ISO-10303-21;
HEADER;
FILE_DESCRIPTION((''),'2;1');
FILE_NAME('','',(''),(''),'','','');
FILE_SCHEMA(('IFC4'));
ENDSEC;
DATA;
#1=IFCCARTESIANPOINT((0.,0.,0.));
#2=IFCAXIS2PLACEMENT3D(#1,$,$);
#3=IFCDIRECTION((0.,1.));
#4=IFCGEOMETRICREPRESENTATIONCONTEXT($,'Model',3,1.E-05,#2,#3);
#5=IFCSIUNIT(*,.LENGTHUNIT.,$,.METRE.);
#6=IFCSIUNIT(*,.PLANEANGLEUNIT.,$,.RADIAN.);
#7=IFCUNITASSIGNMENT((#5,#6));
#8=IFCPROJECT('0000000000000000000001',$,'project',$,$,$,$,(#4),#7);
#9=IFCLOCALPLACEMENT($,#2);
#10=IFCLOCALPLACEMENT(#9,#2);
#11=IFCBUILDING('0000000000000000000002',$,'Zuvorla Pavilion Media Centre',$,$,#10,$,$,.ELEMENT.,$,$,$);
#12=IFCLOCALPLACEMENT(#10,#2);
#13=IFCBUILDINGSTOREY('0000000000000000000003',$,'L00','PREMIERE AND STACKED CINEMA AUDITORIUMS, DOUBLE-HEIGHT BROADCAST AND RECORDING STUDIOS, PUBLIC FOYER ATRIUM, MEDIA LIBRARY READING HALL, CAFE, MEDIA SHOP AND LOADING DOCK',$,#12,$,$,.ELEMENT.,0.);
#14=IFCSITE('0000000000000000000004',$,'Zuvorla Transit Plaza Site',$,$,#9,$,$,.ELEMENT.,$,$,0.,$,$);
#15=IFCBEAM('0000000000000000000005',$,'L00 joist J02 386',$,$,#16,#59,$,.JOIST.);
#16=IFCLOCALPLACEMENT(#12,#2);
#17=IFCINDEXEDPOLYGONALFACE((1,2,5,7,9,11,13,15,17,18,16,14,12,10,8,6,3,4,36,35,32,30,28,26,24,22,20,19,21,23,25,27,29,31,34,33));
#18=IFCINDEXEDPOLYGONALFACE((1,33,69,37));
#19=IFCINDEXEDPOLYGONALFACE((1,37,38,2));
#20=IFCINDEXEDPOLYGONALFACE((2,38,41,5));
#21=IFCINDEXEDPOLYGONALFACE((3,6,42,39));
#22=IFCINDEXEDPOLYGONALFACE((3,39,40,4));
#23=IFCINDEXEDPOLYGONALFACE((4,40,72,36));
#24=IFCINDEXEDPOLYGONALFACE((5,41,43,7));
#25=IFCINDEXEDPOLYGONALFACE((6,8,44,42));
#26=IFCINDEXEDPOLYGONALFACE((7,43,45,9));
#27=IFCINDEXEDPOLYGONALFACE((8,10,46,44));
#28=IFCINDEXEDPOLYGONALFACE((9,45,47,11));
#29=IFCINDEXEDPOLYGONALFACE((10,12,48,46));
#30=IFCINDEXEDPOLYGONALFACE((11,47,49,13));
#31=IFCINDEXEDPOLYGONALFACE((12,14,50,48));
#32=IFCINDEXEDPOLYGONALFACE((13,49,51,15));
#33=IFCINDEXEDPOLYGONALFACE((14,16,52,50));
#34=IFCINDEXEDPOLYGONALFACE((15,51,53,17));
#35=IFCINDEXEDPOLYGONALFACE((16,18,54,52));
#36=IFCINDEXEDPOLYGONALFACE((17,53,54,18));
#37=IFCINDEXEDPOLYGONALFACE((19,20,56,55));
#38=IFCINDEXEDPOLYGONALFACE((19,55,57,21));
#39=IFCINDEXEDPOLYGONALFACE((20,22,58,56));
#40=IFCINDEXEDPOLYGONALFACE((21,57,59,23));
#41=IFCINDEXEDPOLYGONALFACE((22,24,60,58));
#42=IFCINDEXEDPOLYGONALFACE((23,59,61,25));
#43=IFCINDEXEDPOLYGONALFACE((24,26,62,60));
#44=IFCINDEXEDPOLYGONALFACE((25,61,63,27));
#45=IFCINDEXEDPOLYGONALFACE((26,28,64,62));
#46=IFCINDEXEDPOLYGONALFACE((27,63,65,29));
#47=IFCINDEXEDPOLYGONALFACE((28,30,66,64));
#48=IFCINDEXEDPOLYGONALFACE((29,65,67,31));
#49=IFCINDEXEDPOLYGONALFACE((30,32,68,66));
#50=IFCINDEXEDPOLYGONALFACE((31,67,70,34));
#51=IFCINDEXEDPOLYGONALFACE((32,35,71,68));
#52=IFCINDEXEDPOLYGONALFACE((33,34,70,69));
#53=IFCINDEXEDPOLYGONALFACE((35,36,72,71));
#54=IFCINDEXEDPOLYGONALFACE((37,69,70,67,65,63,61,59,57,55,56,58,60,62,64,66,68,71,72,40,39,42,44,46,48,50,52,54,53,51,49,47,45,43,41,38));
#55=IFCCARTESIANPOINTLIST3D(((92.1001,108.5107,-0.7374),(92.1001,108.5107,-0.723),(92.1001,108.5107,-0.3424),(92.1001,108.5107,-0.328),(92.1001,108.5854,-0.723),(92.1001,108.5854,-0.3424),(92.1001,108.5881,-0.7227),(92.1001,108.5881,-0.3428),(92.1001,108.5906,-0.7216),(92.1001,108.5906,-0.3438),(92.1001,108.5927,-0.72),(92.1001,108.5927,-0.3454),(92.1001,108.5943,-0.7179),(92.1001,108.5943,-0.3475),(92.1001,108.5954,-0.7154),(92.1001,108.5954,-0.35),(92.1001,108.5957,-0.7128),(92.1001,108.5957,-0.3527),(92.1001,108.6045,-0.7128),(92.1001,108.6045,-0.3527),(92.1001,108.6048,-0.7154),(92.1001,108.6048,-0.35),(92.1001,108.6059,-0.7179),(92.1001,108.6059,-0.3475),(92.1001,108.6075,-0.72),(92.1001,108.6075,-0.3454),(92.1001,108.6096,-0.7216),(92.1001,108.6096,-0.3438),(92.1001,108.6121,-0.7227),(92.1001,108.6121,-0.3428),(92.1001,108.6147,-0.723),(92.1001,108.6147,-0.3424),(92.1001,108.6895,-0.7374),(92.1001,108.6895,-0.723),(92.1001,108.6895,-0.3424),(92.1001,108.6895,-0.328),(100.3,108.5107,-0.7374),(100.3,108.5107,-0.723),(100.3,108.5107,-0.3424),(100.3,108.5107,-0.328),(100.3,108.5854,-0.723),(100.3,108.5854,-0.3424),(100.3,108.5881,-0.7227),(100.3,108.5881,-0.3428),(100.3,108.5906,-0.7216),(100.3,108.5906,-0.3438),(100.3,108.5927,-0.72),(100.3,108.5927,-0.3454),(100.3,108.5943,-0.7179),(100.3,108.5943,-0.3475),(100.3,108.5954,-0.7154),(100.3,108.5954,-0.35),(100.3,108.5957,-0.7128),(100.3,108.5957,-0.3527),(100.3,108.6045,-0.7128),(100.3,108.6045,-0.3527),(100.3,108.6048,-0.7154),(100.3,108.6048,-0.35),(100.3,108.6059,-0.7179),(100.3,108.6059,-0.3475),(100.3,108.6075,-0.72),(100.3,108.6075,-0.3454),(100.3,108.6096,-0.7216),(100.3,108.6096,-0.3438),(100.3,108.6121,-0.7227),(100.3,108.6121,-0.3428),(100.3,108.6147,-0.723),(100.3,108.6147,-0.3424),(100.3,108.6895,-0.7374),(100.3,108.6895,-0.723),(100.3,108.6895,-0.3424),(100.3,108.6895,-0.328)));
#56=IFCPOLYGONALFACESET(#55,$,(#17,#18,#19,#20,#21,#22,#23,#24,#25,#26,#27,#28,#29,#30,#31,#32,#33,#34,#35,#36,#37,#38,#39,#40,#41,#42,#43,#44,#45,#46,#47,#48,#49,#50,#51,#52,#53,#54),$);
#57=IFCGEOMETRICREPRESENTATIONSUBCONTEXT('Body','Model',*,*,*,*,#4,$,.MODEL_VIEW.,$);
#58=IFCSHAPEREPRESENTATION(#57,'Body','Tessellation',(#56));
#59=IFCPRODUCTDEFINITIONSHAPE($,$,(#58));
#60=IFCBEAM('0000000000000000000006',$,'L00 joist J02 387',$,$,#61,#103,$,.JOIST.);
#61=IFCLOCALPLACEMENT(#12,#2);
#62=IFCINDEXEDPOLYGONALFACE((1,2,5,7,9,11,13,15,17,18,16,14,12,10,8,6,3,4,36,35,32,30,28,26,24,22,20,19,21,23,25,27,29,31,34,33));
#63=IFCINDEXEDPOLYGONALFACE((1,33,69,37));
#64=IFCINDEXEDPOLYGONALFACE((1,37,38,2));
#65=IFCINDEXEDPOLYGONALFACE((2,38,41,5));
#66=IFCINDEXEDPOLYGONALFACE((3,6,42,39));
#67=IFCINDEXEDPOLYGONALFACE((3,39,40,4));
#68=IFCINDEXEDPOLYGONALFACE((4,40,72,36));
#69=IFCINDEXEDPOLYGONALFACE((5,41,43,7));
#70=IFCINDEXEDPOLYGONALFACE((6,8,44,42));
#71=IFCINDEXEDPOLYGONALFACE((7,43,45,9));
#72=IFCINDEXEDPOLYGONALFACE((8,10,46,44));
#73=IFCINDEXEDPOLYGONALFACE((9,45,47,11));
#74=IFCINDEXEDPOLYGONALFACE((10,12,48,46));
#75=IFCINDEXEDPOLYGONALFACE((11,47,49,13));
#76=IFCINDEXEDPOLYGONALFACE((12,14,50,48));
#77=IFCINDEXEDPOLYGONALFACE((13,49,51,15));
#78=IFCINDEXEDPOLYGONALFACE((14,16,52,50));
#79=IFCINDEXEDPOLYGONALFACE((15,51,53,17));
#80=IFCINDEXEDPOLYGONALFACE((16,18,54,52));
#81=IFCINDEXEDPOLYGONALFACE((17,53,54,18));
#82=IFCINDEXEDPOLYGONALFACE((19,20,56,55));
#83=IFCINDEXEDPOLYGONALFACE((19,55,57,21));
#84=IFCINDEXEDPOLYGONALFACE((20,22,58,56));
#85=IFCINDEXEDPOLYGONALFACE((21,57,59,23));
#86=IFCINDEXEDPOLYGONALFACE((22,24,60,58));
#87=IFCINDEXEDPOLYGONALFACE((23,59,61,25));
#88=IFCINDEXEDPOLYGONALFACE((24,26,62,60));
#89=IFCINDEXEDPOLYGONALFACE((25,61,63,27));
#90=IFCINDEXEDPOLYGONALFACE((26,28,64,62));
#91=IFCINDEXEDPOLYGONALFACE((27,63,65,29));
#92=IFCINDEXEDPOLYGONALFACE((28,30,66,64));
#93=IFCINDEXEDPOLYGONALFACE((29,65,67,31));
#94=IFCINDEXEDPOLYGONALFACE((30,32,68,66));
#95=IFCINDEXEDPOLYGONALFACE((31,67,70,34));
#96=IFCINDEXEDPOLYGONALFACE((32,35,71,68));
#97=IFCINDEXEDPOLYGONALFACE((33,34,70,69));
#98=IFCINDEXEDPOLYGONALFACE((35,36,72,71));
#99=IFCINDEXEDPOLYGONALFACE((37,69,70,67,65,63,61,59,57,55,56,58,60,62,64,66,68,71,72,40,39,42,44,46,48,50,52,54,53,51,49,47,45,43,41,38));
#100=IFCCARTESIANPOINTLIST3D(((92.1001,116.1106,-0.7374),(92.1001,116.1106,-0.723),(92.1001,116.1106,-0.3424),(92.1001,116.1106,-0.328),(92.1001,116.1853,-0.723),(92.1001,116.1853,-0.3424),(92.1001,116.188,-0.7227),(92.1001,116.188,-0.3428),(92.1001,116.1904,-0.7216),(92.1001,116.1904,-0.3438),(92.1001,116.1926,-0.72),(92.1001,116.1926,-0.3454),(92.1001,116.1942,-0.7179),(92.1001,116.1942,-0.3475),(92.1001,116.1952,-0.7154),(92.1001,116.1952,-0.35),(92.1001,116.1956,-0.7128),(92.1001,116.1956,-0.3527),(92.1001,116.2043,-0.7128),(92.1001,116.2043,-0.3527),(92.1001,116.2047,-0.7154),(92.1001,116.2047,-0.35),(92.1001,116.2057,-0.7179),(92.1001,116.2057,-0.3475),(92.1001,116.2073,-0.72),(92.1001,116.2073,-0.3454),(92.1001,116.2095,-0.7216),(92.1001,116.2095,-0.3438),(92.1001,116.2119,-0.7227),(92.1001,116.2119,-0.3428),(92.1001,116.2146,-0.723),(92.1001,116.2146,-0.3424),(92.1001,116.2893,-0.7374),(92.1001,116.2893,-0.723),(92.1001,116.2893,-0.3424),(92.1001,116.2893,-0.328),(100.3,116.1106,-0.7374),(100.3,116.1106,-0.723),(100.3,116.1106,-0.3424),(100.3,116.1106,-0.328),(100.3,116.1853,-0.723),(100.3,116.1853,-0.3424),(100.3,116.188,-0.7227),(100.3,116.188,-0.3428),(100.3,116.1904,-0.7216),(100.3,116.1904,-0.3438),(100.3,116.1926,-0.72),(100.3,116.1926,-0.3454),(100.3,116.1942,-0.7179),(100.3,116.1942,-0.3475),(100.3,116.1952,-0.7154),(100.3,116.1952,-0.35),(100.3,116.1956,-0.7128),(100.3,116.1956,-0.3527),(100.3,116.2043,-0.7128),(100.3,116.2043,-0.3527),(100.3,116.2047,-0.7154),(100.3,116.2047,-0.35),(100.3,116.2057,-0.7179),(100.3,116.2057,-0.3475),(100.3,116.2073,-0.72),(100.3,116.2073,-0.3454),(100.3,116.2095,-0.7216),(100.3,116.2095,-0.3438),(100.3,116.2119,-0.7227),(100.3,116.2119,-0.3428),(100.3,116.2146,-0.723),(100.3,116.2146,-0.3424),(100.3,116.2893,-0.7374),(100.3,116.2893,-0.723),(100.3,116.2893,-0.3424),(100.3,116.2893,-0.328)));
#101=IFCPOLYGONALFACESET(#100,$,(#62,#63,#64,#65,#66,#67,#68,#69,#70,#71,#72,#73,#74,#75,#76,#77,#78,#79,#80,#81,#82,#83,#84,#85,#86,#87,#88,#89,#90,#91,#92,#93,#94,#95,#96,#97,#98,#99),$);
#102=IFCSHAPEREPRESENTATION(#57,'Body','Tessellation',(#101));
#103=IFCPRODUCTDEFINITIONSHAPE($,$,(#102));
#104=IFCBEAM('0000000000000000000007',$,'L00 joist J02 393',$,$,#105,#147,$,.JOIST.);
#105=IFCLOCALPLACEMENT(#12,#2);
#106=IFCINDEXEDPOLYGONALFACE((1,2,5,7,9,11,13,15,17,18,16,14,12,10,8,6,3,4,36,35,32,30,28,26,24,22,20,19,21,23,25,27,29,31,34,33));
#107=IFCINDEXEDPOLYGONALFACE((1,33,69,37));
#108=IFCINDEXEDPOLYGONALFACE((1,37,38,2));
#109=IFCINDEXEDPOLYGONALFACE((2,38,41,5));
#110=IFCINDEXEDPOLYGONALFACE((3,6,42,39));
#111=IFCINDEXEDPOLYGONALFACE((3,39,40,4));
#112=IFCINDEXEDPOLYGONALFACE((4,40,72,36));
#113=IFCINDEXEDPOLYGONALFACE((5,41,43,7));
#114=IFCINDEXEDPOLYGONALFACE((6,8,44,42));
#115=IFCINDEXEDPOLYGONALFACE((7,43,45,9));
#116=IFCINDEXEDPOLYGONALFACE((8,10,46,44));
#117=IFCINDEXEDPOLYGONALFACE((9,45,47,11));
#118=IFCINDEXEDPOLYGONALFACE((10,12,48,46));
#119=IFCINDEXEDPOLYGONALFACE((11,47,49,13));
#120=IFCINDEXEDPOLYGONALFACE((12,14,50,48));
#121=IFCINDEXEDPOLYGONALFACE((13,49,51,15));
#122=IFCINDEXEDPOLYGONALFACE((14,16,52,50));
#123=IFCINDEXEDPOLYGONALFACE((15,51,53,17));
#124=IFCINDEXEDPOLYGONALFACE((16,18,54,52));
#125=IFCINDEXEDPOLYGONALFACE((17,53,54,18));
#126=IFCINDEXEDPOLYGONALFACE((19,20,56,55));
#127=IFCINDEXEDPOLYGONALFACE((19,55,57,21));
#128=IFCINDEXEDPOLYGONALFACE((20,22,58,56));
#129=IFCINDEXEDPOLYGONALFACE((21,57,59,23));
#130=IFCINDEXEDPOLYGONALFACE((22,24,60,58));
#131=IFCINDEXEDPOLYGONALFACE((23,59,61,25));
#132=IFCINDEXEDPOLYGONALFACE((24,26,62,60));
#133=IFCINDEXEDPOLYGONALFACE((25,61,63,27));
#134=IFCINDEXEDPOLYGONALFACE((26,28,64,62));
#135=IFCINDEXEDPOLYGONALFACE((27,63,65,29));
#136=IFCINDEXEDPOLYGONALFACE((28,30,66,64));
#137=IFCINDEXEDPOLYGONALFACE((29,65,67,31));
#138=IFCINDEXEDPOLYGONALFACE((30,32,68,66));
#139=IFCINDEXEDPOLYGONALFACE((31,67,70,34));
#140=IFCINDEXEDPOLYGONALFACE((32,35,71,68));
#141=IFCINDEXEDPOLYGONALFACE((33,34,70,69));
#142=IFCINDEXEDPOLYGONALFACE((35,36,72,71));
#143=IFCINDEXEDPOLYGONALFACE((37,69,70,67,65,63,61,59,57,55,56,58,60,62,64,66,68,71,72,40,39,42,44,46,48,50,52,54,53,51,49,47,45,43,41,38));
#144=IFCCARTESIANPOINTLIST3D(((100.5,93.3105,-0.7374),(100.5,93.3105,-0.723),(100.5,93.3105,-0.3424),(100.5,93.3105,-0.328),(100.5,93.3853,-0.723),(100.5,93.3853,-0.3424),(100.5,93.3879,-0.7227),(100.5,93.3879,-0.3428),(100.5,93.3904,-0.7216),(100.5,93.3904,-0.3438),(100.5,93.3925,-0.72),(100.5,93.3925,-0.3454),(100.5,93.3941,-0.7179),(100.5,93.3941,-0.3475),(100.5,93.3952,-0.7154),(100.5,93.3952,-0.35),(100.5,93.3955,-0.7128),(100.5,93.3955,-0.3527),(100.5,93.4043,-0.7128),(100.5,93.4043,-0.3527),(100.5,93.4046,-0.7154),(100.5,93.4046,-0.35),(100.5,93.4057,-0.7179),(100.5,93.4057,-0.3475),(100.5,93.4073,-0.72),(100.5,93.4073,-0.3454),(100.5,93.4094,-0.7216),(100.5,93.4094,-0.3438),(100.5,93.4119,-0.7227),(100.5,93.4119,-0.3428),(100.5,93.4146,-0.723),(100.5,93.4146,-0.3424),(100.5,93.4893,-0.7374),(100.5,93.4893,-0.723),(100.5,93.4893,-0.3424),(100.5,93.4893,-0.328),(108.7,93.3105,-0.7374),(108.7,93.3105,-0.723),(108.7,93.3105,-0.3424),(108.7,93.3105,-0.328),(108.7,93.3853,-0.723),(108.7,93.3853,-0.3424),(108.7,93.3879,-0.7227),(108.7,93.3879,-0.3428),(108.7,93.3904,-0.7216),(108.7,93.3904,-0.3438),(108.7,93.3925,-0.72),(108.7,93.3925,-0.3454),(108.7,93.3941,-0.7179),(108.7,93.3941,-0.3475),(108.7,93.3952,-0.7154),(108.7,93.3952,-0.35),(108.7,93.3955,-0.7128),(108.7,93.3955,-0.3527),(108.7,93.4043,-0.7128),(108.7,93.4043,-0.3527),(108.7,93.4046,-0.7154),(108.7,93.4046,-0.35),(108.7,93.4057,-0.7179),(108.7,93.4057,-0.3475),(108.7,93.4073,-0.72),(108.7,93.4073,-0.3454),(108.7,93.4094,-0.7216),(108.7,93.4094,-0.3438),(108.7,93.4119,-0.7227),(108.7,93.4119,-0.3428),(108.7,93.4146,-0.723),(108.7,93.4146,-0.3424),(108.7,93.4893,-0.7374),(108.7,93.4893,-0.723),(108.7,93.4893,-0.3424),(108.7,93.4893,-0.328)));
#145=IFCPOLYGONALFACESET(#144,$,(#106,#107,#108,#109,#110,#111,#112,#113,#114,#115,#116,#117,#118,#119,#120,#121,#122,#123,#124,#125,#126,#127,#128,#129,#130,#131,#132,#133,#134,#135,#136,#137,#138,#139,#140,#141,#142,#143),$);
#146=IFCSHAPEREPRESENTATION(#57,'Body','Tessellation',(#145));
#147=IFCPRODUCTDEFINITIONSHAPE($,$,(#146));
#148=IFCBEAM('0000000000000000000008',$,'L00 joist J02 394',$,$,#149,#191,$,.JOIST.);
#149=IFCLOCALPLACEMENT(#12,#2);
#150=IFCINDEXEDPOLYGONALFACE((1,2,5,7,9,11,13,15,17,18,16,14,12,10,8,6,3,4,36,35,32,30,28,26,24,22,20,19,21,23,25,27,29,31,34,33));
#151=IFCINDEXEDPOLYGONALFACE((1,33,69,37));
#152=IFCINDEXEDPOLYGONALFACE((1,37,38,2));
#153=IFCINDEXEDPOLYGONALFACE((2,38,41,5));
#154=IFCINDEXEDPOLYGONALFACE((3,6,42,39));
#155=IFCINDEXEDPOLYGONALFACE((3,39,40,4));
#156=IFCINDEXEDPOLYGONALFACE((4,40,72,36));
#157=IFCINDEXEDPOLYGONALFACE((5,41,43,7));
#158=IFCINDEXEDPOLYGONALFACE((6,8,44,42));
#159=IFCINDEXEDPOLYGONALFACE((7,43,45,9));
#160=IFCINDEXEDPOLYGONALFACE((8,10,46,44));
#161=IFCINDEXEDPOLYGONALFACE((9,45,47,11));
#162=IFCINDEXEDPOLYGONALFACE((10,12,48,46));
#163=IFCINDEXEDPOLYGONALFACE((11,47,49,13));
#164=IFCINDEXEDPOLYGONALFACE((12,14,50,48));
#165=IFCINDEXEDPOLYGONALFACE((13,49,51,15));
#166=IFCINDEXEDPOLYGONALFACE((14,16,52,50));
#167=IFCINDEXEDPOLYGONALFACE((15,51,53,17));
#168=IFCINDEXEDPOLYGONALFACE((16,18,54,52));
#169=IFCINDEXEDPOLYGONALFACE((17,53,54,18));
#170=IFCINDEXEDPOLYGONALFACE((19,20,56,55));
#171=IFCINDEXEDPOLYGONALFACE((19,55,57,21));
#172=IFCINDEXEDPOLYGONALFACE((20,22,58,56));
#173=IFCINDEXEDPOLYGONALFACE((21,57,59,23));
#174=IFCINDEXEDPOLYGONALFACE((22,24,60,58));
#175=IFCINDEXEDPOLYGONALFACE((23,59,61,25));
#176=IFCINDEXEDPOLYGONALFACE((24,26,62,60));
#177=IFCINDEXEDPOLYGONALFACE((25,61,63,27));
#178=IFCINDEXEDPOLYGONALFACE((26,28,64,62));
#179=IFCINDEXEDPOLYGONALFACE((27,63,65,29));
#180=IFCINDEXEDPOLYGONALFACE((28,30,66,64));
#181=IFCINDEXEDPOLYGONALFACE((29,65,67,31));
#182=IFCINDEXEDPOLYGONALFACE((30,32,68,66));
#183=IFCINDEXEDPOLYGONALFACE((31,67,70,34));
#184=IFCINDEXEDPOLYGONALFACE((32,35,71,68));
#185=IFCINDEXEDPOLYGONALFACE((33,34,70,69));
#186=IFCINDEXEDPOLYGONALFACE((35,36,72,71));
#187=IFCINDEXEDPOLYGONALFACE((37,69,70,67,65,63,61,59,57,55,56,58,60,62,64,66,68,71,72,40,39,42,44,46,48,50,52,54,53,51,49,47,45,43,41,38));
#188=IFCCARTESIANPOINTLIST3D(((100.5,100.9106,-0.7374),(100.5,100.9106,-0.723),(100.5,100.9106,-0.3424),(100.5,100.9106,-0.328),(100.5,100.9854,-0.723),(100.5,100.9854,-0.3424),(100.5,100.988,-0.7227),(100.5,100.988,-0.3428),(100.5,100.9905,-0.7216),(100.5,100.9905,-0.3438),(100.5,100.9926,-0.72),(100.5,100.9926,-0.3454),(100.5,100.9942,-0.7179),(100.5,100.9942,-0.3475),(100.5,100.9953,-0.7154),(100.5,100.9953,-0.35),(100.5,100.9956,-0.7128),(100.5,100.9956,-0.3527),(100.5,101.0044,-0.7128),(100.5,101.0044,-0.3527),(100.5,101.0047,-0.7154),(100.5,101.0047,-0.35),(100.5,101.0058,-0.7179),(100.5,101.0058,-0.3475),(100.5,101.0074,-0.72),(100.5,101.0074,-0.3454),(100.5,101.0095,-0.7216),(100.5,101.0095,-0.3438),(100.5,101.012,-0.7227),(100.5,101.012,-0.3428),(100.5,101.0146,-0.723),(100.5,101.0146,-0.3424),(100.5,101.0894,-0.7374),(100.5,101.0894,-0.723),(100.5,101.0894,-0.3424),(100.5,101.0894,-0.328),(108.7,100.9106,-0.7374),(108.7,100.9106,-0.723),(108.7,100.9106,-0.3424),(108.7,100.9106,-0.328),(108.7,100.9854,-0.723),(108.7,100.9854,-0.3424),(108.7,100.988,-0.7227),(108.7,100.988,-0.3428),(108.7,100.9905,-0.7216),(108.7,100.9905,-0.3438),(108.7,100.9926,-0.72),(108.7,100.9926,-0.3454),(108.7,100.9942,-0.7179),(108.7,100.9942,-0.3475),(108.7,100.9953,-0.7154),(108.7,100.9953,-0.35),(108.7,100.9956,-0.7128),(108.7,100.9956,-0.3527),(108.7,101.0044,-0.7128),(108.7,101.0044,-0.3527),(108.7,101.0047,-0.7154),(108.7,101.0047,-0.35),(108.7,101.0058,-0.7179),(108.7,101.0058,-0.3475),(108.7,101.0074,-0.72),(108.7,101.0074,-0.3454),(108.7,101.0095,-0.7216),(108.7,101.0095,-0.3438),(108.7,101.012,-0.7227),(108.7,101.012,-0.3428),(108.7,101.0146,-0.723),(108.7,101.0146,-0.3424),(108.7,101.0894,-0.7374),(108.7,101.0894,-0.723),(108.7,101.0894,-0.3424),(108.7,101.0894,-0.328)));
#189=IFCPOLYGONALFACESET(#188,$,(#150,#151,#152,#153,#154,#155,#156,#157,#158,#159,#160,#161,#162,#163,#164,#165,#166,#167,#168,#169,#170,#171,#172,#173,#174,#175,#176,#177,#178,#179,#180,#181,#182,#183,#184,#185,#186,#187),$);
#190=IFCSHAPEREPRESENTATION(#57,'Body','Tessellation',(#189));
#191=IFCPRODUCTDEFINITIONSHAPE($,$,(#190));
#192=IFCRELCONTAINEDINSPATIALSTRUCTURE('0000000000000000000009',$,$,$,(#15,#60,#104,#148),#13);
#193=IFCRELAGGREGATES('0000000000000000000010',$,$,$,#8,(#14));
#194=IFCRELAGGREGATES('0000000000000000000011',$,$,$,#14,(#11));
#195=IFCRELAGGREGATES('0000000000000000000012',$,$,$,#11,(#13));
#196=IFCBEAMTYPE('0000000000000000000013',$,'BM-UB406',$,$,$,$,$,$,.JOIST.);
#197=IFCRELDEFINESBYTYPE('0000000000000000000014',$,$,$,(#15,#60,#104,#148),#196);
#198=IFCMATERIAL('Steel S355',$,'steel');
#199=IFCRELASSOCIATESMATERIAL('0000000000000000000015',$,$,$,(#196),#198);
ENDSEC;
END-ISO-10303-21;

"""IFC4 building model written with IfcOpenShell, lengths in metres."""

from ifc_helpers import new_model, si_unit, direction, frame, origin, origin_2d, place, context, subcontext, project, spatial, i_section, extrude, material, material_profile, profile_set, type_object, element, save


model = new_model("IFC4")

# Units and contexts
model_context = context("Model", 3, precision=1e-05, world=origin(), true_north=direction((0.0, 1.0)))
body_context = subcontext(model_context, "Body", "Model", "MODEL_VIEW")
ifc_project = project(units=[si_unit("LENGTHUNIT", "METRE"), si_unit("PLANEANGLEUNIT", "RADIAN")], contexts=[model_context])

# Site, building, storey
site_placement = place(None, origin())
site = spatial("IfcSite", under=ifc_project, at=site_placement, Name="Zuvorla Transit Plaza Site", CompositionType="ELEMENT", RefElevation=0.0)
building_placement = place(site_placement, origin())
building = spatial("IfcBuilding", under=site, at=building_placement, Name="Zuvorla Pavilion Media Centre", CompositionType="ELEMENT")
storey_placement = place(building_placement, origin())
storey = spatial("IfcBuildingStorey", under=building, at=storey_placement, Name="L00", Description="PREMIERE AND STACKED CINEMA AUDITORIUMS, DOUBLE-HEIGHT BROADCAST AND RECORDING STUDIOS, PUBLIC FOYER ATRIUM, MEDIA LIBRARY READING HALL, CAFE, MEDIA SHOP AND LOADING DOCK", CompositionType="ELEMENT", Elevation=0.0)

# Beams
ifc_material_1 = material(Name="Steel S355", Category="steel")
ifc_material_profile_1 = material_profile(ifc_material_1, i_section(OverallWidth=0.1787, OverallDepth=0.4094, WebThickness=0.0088, FlangeThickness=0.0144, FilletRadius=0.0103, at=origin_2d()), Name="UB 406x178x67")
ifc_profile_set_1 = profile_set([ifc_material_profile_1], Name="Steel S355")
beam_type_1 = type_object("IfcBeamType", Name="BM-UB406", PredefinedType="JOIST", material=ifc_profile_set_1)
for number, where, z_axis, x_axis, name in (
    (1, (92.1001, 108.6001, -0.5327), (1.0, 0.0, 0.0), (0.0, 1.0, 0.0), "L00 joist J02 386"),
    (2, (92.1001, 116.2, -0.5327), (1.0, 0.0, 0.0), (0.0, 1.0, 0.0), "L00 joist J02 387"),
    (3, (100.5, 93.3999, -0.5327), (1.0, 0.0, 0.0), (0.0, 1.0, 0.0), "L00 joist J02 393"),
    (4, (100.5, 101.0, -0.5327), (1.0, 0.0, 0.0), (0.0, 1.0, 0.0), "L00 joist J02 394"),
):
    element("IfcBeam", number, at=place(storey_placement, frame(where, z_axis=z_axis, x_axis=x_axis)), inside=storey, type_object=beam_type_1, Name=name, PredefinedType="JOIST", context=body_context, shape_type="SweptSolid", body=[
        extrude(i_section(OverallWidth=0.1787, OverallDepth=0.4094, WebThickness=0.0088, FlangeThickness=0.0144, FilletRadius=0.0103, at=origin_2d()), origin(), (0.0, 0.0, 1.0), 8.2),
    ])

save(model, "model.ifc")
